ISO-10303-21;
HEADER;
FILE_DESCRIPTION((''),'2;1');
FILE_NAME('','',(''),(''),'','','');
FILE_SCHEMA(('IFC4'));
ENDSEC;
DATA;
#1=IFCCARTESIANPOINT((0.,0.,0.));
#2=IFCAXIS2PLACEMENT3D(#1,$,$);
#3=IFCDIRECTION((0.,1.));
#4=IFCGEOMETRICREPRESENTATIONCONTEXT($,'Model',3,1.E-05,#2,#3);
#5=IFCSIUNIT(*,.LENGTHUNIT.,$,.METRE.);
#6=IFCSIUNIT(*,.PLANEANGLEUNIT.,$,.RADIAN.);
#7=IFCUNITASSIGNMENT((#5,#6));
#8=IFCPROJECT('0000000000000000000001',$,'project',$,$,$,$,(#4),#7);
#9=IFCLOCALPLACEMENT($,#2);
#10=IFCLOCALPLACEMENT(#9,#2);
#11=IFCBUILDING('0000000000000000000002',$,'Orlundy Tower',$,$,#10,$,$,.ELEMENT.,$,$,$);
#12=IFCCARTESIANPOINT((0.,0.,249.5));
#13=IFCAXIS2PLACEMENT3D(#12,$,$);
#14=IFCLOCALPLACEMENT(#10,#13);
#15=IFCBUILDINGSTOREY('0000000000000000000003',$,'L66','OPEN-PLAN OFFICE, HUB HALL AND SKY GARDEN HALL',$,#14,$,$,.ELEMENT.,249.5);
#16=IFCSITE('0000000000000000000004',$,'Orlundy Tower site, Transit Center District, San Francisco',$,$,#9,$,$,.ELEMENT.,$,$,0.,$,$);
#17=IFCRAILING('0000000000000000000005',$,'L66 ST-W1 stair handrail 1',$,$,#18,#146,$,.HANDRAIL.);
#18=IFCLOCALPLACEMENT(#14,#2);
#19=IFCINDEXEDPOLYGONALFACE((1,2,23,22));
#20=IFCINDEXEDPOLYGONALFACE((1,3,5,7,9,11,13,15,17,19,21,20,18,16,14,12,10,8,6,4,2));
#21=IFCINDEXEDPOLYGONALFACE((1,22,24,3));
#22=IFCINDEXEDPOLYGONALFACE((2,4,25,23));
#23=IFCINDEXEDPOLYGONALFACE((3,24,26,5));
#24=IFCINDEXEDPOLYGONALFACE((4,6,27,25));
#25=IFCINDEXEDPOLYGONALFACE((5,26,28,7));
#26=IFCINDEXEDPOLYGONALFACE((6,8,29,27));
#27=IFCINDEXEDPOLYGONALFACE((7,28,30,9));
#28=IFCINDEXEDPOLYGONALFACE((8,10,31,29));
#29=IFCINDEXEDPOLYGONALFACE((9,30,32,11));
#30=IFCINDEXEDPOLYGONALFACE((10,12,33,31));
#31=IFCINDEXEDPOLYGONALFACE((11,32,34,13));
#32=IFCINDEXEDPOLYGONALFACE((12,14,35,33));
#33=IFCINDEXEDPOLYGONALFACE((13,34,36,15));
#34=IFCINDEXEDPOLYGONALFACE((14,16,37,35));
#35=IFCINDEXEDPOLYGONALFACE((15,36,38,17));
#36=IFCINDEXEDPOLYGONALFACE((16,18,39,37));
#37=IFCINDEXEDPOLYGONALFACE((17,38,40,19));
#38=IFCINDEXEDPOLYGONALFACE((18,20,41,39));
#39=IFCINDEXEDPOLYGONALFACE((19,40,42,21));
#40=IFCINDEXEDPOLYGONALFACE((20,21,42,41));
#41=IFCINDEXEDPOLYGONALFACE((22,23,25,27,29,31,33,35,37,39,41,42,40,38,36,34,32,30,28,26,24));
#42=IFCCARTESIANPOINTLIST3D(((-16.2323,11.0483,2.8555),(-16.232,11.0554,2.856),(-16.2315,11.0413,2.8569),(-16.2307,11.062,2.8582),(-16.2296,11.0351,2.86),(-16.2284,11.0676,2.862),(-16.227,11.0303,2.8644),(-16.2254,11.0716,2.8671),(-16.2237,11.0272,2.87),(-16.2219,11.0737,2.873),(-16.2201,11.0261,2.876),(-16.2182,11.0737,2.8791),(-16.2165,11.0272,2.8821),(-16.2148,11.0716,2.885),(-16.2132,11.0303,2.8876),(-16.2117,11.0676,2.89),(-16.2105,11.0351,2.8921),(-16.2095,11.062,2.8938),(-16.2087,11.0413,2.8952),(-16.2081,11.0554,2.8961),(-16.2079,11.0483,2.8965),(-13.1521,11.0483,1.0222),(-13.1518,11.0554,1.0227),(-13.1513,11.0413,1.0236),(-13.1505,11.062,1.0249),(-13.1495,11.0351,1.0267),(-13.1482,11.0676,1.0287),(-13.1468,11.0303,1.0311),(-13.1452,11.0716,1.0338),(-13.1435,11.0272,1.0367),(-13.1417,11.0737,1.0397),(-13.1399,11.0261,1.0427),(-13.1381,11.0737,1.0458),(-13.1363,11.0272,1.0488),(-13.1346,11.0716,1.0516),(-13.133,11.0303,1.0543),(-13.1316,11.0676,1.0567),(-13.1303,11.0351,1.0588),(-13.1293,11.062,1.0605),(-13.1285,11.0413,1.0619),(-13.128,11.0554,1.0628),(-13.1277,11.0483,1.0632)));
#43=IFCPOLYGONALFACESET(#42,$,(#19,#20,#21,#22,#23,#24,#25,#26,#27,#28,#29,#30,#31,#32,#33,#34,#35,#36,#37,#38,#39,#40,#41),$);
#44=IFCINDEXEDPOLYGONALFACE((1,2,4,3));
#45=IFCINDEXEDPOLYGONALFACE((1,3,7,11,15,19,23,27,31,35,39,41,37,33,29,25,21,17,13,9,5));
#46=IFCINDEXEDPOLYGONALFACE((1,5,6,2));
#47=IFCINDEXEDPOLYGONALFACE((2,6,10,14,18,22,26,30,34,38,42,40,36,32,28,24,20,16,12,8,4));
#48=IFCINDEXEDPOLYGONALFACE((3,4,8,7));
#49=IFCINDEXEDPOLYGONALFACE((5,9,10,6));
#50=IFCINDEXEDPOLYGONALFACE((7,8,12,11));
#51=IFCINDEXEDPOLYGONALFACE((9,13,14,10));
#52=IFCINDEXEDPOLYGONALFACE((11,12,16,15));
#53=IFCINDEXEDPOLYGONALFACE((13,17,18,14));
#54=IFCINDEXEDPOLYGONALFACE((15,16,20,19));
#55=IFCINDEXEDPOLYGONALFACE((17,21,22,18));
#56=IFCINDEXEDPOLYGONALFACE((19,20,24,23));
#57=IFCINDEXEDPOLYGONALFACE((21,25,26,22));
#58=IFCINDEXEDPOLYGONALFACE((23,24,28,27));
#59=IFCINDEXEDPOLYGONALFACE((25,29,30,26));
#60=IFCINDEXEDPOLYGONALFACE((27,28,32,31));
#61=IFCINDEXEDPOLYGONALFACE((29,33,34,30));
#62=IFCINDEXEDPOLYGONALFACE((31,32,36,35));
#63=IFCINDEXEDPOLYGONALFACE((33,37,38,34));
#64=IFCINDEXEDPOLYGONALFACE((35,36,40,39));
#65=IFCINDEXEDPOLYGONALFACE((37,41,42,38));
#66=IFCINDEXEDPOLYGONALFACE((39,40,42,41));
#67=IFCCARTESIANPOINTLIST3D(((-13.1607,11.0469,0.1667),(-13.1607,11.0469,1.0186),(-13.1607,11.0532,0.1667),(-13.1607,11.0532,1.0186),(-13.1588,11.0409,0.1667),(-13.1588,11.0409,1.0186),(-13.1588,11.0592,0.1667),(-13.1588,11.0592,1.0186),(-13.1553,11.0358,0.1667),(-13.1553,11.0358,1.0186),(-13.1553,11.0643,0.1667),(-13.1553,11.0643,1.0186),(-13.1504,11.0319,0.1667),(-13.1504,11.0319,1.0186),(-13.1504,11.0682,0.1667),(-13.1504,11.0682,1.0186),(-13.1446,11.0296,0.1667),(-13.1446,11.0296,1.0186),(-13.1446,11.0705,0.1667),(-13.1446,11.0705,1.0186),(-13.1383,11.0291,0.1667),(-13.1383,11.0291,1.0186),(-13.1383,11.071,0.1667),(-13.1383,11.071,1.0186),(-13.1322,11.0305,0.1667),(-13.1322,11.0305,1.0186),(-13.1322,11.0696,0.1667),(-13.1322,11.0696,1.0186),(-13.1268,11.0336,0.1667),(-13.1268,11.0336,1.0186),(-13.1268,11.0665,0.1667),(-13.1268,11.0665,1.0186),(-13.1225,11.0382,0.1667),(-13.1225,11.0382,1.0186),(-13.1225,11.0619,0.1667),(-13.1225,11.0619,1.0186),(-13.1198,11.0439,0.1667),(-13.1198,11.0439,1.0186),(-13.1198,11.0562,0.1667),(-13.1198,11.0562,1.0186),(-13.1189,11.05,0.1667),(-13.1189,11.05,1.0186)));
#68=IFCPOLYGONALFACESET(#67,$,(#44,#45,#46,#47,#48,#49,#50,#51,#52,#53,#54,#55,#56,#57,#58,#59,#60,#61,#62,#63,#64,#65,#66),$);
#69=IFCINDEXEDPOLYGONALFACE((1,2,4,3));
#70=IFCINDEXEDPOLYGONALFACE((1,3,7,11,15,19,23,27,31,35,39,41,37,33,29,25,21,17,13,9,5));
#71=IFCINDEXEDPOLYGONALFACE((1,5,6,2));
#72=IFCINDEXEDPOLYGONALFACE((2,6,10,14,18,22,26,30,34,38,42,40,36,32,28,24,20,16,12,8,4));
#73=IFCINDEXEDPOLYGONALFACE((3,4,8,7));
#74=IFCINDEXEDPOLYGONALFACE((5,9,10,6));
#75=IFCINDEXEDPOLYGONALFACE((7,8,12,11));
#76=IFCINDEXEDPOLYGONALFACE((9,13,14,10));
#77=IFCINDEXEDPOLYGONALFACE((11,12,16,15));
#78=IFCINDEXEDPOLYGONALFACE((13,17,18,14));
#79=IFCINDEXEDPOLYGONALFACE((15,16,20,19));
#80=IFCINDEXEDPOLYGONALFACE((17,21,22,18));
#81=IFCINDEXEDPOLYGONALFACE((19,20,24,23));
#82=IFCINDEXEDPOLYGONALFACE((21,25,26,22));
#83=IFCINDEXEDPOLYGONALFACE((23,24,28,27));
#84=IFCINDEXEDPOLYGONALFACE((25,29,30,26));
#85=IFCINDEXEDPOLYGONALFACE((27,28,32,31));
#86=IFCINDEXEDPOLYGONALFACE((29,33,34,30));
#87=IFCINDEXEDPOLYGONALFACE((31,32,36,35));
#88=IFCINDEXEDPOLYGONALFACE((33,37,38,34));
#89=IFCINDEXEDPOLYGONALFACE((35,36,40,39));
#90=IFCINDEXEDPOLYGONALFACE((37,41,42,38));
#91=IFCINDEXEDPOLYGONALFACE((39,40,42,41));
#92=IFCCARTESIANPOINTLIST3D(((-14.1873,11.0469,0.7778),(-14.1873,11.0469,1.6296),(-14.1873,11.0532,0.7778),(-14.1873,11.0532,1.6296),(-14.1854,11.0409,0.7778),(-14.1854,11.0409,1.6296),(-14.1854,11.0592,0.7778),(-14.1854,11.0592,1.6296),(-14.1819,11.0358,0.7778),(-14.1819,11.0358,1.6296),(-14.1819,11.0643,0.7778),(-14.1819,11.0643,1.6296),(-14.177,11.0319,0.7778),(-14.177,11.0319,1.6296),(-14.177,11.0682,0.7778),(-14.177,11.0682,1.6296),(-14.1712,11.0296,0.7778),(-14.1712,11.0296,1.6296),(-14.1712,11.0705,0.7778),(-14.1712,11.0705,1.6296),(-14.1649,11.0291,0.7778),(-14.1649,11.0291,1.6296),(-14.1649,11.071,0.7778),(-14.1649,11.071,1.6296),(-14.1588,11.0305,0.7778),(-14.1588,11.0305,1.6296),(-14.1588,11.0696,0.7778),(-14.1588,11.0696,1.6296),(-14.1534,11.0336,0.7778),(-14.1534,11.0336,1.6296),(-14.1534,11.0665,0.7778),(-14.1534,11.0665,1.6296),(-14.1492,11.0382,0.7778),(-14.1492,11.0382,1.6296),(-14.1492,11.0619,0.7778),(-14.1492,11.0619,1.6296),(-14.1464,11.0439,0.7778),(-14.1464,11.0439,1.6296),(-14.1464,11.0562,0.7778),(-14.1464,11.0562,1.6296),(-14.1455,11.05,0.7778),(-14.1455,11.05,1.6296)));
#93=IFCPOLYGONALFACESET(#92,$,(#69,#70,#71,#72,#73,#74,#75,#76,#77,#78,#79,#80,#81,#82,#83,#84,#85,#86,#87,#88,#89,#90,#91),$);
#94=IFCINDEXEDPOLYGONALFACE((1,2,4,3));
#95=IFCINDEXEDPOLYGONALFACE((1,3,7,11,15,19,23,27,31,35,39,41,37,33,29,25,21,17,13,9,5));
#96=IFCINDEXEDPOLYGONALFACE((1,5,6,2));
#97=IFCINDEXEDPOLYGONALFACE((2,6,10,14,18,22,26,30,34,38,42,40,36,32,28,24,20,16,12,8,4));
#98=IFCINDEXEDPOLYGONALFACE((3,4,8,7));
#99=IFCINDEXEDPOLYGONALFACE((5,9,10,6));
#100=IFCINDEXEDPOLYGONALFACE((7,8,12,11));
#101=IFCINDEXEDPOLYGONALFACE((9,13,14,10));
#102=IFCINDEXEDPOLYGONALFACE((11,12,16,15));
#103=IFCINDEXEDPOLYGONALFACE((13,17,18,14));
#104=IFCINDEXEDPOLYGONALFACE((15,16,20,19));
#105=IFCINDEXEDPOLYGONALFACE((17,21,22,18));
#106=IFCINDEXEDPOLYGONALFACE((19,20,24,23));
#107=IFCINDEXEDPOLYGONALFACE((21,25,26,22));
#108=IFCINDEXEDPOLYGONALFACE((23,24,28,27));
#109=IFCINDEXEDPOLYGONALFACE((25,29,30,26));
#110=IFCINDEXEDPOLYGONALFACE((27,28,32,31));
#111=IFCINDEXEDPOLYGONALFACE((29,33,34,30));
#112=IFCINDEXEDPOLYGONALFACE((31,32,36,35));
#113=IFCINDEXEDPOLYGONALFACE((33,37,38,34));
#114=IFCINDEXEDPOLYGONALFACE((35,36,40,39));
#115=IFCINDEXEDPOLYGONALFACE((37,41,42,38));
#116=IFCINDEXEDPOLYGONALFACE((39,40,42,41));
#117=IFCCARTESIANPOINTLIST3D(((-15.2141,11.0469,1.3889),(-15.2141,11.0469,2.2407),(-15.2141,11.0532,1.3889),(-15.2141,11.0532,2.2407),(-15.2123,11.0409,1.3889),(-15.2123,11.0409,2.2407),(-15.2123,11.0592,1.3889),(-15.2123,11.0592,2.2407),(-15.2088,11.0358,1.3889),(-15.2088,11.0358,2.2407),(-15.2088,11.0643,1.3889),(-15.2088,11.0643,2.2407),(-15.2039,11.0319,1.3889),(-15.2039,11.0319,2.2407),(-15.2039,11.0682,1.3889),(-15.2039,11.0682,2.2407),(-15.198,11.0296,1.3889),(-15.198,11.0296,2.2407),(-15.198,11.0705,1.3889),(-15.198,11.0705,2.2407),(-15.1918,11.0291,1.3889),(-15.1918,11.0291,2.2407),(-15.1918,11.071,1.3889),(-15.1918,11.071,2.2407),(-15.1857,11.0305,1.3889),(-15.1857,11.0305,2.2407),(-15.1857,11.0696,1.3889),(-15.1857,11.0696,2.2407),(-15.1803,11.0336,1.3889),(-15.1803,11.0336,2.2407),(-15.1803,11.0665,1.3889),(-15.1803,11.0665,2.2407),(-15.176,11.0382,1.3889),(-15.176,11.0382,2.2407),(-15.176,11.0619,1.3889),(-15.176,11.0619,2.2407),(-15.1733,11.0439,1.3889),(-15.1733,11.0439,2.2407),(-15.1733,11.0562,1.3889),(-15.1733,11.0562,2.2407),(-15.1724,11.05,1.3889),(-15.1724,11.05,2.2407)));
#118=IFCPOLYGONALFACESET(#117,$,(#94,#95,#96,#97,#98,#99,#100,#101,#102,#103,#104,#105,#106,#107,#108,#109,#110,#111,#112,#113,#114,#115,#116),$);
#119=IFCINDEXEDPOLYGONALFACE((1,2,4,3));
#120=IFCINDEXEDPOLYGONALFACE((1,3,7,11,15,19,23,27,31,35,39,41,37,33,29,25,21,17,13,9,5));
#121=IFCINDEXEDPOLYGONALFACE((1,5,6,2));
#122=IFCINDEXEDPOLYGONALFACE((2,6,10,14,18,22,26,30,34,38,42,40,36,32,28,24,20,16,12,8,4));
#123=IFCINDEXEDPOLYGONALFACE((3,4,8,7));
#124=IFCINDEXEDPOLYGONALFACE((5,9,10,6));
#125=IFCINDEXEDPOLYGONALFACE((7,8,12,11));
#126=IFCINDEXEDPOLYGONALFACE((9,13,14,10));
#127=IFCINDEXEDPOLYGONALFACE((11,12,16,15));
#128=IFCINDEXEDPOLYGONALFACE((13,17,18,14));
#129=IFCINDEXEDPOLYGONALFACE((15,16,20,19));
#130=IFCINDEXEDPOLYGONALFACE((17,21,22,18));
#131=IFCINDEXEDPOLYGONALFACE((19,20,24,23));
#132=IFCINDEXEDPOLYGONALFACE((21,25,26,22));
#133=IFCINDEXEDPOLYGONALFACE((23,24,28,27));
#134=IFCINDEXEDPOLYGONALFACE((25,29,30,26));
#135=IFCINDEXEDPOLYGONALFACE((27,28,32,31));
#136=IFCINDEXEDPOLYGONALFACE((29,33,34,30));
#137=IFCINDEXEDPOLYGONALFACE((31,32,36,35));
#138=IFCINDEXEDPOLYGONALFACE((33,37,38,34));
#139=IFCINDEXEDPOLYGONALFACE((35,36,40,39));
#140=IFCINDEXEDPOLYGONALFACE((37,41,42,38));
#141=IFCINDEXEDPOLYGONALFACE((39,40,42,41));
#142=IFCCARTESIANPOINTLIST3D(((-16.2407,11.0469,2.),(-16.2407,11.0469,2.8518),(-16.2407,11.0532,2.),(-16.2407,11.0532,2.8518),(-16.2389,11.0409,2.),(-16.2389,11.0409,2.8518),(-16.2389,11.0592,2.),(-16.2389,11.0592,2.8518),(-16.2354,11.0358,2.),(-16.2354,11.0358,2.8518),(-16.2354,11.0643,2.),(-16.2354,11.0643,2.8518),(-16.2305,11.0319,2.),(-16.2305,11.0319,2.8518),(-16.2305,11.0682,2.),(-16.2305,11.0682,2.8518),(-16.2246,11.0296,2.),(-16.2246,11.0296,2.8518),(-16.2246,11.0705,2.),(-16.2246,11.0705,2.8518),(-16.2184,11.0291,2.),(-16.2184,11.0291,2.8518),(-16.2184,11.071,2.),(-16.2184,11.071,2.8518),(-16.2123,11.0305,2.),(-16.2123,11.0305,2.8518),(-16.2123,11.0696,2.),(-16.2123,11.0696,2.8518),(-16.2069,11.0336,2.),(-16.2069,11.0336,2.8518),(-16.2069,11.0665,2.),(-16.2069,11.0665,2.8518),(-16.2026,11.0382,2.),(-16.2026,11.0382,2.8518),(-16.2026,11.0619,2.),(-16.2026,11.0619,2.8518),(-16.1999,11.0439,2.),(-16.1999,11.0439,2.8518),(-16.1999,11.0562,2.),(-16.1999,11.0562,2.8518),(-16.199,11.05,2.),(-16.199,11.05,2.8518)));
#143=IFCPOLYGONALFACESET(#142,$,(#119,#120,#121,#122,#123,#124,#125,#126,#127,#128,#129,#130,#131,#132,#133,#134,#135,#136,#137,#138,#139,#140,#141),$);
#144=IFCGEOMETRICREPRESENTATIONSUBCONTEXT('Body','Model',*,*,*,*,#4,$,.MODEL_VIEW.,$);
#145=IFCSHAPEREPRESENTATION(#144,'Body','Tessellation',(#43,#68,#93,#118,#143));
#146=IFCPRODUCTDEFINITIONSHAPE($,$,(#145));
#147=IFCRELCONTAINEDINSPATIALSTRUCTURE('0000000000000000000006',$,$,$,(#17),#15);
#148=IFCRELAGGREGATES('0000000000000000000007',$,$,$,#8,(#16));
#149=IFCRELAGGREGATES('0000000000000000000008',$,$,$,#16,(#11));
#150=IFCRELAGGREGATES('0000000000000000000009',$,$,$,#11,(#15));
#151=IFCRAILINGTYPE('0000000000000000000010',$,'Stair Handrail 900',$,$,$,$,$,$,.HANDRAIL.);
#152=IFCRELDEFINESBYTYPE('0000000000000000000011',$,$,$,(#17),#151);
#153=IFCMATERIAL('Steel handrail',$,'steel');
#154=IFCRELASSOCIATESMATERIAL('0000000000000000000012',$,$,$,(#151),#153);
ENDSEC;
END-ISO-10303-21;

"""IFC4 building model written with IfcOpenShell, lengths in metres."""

from ifc_helpers import new_model, si_unit, direction, frame, origin, origin_2d, place, context, subcontext, project, spatial, circle, extrude, material, type_object, element, save


model = new_model("IFC4")

# Units and contexts
model_context = context("Model", 3, precision=1e-05, world=origin(), true_north=direction((0.0, 1.0)))
body_context = subcontext(model_context, "Body", "Model", "MODEL_VIEW")
ifc_project = project(units=[si_unit("LENGTHUNIT", "METRE"), si_unit("PLANEANGLEUNIT", "RADIAN")], contexts=[model_context])

# Site, building, storey
site_placement = place(None, origin())
site = spatial("IfcSite", under=ifc_project, at=site_placement, Name="Orlundy Tower site, Transit Center District, San Francisco", CompositionType="ELEMENT", RefElevation=0.0)
building_placement = place(site_placement, origin())
building = spatial("IfcBuilding", under=site, at=building_placement, Name="Orlundy Tower", CompositionType="ELEMENT")
storey_placement = place(building_placement, frame((0.0, 0.0, 249.5)))
storey = spatial("IfcBuildingStorey", under=building, at=storey_placement, Name="L66", Description="OPEN-PLAN OFFICE, HUB HALL AND SKY GARDEN HALL", CompositionType="ELEMENT", Elevation=249.5)

# Railing
ifc_material_1 = material(Name="Steel handrail", Category="steel")
railing_type_1 = type_object("IfcRailingType", Name="Stair Handrail 900", PredefinedType="HANDRAIL", material=ifc_material_1)
railing_1_placement = place(storey_placement, frame((-13.1399, 11.05, 0.1667)))
element("IfcRailing", 1, at=railing_1_placement, inside=storey, type_object=railing_type_1, Name="L66 ST-W1 stair handrail 1", PredefinedType="HANDRAIL", context=body_context, shape_type="SweptSolid", body=[
    extrude(circle(Radius=0.0239, at=origin_2d()), frame((0.0, 0.0, 0.876), z_axis=(-0.859309, 0.0, 0.511458), x_axis=(0.0, -1.0, 0.0)), (0.0, 0.0, 1.0), 3.5845),
    extrude(circle(Radius=0.021, at=origin_2d()), origin(), (0.0, 0.0, 1.0), 0.8518),
    extrude(circle(Radius=0.021, at=origin_2d()), frame((-1.0266, 0.0, 0.6111)), (0.0, 0.0, 1.0), 0.8518),
    extrude(circle(Radius=0.021, at=origin_2d()), frame((-2.0535, 0.0, 1.2222)), (0.0, 0.0, 1.0), 0.8518),
    extrude(circle(Radius=0.021, at=origin_2d()), frame((-3.0801, 0.0, 1.8333)), (0.0, 0.0, 1.0), 0.8518),
])

save(model, "model.ifc")
